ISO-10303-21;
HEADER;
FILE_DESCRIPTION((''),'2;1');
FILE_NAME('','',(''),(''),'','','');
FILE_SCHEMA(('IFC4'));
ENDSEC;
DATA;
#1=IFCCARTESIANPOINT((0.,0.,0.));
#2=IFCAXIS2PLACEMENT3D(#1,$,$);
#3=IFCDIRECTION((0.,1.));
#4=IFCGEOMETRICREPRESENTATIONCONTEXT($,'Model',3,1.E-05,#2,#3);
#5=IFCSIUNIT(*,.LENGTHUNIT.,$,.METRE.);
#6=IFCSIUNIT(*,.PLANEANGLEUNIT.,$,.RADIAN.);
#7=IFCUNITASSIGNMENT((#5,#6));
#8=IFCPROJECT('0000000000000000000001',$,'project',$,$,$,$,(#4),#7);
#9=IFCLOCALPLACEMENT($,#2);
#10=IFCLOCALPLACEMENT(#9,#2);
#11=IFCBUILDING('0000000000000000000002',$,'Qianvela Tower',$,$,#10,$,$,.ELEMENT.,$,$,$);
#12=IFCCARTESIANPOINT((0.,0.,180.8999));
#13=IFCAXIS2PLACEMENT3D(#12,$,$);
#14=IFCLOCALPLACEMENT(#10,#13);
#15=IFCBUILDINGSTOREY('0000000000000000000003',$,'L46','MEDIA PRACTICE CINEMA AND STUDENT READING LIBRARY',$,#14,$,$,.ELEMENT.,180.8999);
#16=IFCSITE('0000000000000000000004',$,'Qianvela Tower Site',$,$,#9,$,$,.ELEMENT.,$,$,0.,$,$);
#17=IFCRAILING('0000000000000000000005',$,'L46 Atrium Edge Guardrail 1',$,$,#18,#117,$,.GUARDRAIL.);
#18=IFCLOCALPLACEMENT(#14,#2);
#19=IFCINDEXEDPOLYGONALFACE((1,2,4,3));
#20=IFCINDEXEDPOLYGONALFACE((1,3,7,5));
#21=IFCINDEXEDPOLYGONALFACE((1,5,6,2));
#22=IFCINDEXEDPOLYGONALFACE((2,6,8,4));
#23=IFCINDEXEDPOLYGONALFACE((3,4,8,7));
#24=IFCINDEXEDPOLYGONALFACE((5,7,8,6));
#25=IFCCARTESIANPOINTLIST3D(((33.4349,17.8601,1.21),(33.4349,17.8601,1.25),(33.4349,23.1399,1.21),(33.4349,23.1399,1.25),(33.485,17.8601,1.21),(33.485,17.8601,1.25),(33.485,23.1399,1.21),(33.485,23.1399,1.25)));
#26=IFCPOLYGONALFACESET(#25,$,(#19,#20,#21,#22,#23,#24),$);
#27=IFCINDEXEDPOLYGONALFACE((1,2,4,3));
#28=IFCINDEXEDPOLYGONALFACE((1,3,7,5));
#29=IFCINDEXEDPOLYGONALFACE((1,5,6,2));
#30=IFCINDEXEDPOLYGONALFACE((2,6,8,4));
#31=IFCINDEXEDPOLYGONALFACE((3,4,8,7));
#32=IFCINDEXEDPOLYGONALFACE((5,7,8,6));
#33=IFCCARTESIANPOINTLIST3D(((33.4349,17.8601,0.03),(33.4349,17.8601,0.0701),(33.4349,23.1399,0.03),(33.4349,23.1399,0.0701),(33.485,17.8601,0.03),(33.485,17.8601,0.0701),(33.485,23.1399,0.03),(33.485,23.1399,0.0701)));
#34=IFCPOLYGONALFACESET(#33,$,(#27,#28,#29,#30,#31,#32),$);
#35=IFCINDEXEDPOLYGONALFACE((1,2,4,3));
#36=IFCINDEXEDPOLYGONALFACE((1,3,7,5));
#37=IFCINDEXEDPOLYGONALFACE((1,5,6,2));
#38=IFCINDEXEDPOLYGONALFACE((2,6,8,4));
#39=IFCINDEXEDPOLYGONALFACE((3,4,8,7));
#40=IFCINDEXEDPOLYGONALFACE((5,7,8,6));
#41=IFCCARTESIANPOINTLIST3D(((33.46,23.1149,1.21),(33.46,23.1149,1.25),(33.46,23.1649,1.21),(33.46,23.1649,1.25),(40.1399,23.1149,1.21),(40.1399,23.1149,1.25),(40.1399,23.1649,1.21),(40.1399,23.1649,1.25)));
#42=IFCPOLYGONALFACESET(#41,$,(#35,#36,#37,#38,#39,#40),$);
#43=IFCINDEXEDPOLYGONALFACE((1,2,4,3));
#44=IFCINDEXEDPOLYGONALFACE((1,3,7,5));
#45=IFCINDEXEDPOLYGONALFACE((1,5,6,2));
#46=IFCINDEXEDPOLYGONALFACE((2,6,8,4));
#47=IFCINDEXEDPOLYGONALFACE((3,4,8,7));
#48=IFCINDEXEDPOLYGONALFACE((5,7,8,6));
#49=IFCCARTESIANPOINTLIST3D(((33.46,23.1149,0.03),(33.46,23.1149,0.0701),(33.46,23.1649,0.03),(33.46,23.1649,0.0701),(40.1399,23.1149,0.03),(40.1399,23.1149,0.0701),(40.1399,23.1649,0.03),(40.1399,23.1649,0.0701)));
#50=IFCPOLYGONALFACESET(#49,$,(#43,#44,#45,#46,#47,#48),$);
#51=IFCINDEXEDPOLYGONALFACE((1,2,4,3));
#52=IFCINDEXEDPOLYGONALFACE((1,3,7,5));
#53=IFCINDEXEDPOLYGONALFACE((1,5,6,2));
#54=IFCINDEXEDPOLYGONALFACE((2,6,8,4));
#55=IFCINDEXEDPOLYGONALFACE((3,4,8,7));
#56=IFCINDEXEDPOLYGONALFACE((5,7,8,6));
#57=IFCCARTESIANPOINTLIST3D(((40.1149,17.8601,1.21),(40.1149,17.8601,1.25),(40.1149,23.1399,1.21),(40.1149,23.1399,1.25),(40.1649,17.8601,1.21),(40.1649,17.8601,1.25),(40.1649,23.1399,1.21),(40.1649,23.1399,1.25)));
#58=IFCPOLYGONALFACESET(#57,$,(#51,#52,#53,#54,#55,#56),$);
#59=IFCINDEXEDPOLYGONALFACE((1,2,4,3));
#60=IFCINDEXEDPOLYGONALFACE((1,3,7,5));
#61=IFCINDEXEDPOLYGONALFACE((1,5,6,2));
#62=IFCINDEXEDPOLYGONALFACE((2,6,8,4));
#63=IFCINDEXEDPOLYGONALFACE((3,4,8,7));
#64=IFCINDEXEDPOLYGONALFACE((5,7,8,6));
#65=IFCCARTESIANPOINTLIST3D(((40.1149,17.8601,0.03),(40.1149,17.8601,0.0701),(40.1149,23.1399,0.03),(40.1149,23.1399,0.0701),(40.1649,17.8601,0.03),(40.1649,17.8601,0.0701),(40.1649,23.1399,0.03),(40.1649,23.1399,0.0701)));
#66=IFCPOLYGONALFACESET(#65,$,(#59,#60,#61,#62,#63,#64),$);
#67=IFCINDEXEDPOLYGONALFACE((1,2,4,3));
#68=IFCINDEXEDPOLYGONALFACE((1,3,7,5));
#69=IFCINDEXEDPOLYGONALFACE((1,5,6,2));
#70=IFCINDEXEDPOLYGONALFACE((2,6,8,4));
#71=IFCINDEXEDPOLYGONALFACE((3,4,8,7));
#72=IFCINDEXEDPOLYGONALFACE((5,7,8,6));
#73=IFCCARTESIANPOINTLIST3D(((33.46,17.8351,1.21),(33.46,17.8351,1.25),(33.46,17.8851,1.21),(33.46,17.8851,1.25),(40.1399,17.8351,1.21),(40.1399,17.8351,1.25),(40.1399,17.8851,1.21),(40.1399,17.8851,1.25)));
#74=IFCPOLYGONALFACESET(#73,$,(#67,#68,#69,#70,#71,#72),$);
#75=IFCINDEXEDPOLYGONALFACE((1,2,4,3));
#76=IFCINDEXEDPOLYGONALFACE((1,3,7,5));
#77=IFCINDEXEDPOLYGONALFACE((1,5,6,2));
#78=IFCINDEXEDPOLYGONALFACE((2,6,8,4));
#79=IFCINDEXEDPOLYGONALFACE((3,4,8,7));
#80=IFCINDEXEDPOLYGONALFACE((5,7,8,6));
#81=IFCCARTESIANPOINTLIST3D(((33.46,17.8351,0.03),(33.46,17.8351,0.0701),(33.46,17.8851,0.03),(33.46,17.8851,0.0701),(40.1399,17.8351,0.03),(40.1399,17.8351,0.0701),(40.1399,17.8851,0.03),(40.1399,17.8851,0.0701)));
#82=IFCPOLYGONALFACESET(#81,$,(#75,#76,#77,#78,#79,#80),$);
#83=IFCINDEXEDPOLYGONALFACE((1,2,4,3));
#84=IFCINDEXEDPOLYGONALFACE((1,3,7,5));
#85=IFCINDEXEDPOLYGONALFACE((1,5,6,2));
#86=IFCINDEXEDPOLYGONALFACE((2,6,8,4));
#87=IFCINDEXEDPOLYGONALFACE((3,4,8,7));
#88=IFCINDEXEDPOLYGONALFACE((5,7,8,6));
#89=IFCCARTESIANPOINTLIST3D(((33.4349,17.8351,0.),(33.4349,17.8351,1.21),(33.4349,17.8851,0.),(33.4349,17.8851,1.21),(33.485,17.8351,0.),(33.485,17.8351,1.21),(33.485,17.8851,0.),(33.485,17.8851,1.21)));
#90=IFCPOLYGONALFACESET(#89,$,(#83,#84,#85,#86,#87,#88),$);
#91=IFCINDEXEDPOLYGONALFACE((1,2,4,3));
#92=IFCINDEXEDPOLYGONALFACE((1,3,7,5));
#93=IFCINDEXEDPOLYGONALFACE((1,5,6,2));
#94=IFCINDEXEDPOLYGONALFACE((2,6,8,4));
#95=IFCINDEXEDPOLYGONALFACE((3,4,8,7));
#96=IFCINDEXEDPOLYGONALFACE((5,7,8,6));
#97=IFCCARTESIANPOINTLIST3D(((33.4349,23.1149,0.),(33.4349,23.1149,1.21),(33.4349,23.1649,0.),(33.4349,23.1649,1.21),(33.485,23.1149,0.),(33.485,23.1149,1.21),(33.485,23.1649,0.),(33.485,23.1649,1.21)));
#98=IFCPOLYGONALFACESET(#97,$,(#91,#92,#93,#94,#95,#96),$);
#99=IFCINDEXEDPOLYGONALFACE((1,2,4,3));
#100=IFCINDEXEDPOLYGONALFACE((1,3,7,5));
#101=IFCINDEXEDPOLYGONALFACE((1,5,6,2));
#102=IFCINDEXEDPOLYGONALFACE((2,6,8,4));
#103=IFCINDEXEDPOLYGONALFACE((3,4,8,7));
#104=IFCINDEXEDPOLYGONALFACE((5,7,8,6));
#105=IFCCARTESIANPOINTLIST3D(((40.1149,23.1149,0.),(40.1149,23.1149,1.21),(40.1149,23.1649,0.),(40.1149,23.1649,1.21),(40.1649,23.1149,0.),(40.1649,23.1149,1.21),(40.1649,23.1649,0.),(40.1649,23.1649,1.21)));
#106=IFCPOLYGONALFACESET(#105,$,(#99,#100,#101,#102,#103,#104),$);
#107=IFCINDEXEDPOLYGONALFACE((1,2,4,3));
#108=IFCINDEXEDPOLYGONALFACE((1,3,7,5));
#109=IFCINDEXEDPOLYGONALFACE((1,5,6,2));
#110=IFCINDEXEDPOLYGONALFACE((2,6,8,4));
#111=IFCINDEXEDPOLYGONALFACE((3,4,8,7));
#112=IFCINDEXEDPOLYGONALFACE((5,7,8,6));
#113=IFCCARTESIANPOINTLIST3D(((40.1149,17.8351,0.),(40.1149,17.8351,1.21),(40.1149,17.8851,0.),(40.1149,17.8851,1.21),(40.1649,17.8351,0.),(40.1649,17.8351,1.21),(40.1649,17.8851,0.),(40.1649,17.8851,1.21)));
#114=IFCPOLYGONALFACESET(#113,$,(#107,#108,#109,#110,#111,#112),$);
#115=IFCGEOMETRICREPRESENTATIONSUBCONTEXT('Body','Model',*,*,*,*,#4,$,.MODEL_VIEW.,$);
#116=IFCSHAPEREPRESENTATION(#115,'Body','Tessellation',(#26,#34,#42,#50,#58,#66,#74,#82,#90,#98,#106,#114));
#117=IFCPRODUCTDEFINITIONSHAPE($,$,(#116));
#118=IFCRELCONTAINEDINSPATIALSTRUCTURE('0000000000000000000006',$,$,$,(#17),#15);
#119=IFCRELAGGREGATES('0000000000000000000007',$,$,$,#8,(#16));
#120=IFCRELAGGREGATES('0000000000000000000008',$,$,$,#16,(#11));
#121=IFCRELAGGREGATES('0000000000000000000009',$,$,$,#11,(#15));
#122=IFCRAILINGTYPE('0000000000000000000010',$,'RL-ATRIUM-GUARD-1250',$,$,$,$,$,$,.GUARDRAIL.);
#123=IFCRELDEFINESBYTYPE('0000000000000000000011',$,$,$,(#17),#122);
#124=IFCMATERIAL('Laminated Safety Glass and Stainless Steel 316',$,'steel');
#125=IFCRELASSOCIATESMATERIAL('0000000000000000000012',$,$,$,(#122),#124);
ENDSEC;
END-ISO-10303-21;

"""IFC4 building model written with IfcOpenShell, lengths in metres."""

from ifc_helpers import new_model, si_unit, direction, frame, origin, origin_2d, place, context, subcontext, project, spatial, rectangle, extrude, material, type_object, element, save


model = new_model("IFC4")

# Units and contexts
model_context = context("Model", 3, precision=1e-05, world=origin(), true_north=direction((0.0, 1.0)))
body_context = subcontext(model_context, "Body", "Model", "MODEL_VIEW")
ifc_project = project(units=[si_unit("LENGTHUNIT", "METRE"), si_unit("PLANEANGLEUNIT", "RADIAN")], contexts=[model_context])

# Site, building, storey
site_placement = place(None, origin())
site = spatial("IfcSite", under=ifc_project, at=site_placement, Name="Qianvela Tower Site", CompositionType="ELEMENT", RefElevation=0.0)
building_placement = place(site_placement, origin())
building = spatial("IfcBuilding", under=site, at=building_placement, Name="Qianvela Tower", CompositionType="ELEMENT")
storey_placement = place(building_placement, frame((0.0, 0.0, 180.8999)))
storey = spatial("IfcBuildingStorey", under=building, at=storey_placement, Name="L46", Description="MEDIA PRACTICE CINEMA AND STUDENT READING LIBRARY", CompositionType="ELEMENT", Elevation=180.8999)

# Railing
ifc_material_1 = material(Name="Laminated Safety Glass and Stainless Steel 316", Category="steel")
railing_type = type_object("IfcRailingType", Name="RL-ATRIUM-GUARD-1250", PredefinedType="GUARDRAIL", material=ifc_material_1)
railing_placement = place(storey_placement, frame((33.46, 17.8601, 0.0)))
element("IfcRailing", 1, at=railing_placement, inside=storey, type_object=railing_type, Name="L46 Atrium Edge Guardrail 1", PredefinedType="GUARDRAIL", context=body_context, shape_type="SweptSolid", body=[
    extrude(rectangle(XDim=0.05, YDim=0.04, at=origin_2d()), frame((0.0, 0.0, 1.23), z_axis=(0.0, 1.0, 0.0), x_axis=(-1.0, 0.0, 0.0)), (0.0, 0.0, 1.0), 5.2798),
    extrude(rectangle(XDim=0.05, YDim=0.04, at=origin_2d()), frame((0.0, 0.0, 0.05), z_axis=(0.0, 1.0, 0.0), x_axis=(-1.0, 0.0, 0.0)), (0.0, 0.0, 1.0), 5.2798),
    extrude(rectangle(XDim=0.05, YDim=0.04, at=origin_2d()), frame((0.0, 5.2798, 1.23), z_axis=(1.0, 0.0, 0.0), x_axis=(0.0, 1.0, 0.0)), (0.0, 0.0, 1.0), 6.6799),
    extrude(rectangle(XDim=0.05, YDim=0.04, at=origin_2d()), frame((0.0, 5.2798, 0.05), z_axis=(1.0, 0.0, 0.0), x_axis=(0.0, 1.0, 0.0)), (0.0, 0.0, 1.0), 6.6799),
    extrude(rectangle(XDim=0.05, YDim=0.04, at=origin_2d()), frame((6.6799, 5.2798, 1.23), z_axis=(0.0, -1.0, 0.0), x_axis=(1.0, 0.0, 0.0)), (0.0, 0.0, 1.0), 5.2798),
    extrude(rectangle(XDim=0.05, YDim=0.04, at=origin_2d()), frame((6.6799, 5.2798, 0.05), z_axis=(0.0, -1.0, 0.0), x_axis=(1.0, 0.0, 0.0)), (0.0, 0.0, 1.0), 5.2798),
    extrude(rectangle(XDim=0.05, YDim=0.04, at=origin_2d()), frame((6.6799, 0.0, 1.23), z_axis=(-1.0, 0.0, 0.0), x_axis=(0.0, -1.0, 0.0)), (0.0, 0.0, 1.0), 6.6799),
    extrude(rectangle(XDim=0.05, YDim=0.04, at=origin_2d()), frame((6.6799, 0.0, 0.05), z_axis=(-1.0, 0.0, 0.0), x_axis=(0.0, -1.0, 0.0)), (0.0, 0.0, 1.0), 6.6799),
    extrude(rectangle(XDim=0.05, YDim=0.05, at=origin_2d()), origin(), (0.0, 0.0, 1.0), 1.21),
    extrude(rectangle(XDim=0.05, YDim=0.05, at=origin_2d()), frame((0.0, 5.2798, 0.0)), (0.0, 0.0, 1.0), 1.21),
    extrude(rectangle(XDim=0.05, YDim=0.05, at=origin_2d()), frame((6.6799, 5.2798, 0.0)), (0.0, 0.0, 1.0), 1.21),
    extrude(rectangle(XDim=0.05, YDim=0.05, at=origin_2d()), frame((6.6799, 0.0, 0.0)), (0.0, 0.0, 1.0), 1.21),
])

save(model, "model.ifc")
